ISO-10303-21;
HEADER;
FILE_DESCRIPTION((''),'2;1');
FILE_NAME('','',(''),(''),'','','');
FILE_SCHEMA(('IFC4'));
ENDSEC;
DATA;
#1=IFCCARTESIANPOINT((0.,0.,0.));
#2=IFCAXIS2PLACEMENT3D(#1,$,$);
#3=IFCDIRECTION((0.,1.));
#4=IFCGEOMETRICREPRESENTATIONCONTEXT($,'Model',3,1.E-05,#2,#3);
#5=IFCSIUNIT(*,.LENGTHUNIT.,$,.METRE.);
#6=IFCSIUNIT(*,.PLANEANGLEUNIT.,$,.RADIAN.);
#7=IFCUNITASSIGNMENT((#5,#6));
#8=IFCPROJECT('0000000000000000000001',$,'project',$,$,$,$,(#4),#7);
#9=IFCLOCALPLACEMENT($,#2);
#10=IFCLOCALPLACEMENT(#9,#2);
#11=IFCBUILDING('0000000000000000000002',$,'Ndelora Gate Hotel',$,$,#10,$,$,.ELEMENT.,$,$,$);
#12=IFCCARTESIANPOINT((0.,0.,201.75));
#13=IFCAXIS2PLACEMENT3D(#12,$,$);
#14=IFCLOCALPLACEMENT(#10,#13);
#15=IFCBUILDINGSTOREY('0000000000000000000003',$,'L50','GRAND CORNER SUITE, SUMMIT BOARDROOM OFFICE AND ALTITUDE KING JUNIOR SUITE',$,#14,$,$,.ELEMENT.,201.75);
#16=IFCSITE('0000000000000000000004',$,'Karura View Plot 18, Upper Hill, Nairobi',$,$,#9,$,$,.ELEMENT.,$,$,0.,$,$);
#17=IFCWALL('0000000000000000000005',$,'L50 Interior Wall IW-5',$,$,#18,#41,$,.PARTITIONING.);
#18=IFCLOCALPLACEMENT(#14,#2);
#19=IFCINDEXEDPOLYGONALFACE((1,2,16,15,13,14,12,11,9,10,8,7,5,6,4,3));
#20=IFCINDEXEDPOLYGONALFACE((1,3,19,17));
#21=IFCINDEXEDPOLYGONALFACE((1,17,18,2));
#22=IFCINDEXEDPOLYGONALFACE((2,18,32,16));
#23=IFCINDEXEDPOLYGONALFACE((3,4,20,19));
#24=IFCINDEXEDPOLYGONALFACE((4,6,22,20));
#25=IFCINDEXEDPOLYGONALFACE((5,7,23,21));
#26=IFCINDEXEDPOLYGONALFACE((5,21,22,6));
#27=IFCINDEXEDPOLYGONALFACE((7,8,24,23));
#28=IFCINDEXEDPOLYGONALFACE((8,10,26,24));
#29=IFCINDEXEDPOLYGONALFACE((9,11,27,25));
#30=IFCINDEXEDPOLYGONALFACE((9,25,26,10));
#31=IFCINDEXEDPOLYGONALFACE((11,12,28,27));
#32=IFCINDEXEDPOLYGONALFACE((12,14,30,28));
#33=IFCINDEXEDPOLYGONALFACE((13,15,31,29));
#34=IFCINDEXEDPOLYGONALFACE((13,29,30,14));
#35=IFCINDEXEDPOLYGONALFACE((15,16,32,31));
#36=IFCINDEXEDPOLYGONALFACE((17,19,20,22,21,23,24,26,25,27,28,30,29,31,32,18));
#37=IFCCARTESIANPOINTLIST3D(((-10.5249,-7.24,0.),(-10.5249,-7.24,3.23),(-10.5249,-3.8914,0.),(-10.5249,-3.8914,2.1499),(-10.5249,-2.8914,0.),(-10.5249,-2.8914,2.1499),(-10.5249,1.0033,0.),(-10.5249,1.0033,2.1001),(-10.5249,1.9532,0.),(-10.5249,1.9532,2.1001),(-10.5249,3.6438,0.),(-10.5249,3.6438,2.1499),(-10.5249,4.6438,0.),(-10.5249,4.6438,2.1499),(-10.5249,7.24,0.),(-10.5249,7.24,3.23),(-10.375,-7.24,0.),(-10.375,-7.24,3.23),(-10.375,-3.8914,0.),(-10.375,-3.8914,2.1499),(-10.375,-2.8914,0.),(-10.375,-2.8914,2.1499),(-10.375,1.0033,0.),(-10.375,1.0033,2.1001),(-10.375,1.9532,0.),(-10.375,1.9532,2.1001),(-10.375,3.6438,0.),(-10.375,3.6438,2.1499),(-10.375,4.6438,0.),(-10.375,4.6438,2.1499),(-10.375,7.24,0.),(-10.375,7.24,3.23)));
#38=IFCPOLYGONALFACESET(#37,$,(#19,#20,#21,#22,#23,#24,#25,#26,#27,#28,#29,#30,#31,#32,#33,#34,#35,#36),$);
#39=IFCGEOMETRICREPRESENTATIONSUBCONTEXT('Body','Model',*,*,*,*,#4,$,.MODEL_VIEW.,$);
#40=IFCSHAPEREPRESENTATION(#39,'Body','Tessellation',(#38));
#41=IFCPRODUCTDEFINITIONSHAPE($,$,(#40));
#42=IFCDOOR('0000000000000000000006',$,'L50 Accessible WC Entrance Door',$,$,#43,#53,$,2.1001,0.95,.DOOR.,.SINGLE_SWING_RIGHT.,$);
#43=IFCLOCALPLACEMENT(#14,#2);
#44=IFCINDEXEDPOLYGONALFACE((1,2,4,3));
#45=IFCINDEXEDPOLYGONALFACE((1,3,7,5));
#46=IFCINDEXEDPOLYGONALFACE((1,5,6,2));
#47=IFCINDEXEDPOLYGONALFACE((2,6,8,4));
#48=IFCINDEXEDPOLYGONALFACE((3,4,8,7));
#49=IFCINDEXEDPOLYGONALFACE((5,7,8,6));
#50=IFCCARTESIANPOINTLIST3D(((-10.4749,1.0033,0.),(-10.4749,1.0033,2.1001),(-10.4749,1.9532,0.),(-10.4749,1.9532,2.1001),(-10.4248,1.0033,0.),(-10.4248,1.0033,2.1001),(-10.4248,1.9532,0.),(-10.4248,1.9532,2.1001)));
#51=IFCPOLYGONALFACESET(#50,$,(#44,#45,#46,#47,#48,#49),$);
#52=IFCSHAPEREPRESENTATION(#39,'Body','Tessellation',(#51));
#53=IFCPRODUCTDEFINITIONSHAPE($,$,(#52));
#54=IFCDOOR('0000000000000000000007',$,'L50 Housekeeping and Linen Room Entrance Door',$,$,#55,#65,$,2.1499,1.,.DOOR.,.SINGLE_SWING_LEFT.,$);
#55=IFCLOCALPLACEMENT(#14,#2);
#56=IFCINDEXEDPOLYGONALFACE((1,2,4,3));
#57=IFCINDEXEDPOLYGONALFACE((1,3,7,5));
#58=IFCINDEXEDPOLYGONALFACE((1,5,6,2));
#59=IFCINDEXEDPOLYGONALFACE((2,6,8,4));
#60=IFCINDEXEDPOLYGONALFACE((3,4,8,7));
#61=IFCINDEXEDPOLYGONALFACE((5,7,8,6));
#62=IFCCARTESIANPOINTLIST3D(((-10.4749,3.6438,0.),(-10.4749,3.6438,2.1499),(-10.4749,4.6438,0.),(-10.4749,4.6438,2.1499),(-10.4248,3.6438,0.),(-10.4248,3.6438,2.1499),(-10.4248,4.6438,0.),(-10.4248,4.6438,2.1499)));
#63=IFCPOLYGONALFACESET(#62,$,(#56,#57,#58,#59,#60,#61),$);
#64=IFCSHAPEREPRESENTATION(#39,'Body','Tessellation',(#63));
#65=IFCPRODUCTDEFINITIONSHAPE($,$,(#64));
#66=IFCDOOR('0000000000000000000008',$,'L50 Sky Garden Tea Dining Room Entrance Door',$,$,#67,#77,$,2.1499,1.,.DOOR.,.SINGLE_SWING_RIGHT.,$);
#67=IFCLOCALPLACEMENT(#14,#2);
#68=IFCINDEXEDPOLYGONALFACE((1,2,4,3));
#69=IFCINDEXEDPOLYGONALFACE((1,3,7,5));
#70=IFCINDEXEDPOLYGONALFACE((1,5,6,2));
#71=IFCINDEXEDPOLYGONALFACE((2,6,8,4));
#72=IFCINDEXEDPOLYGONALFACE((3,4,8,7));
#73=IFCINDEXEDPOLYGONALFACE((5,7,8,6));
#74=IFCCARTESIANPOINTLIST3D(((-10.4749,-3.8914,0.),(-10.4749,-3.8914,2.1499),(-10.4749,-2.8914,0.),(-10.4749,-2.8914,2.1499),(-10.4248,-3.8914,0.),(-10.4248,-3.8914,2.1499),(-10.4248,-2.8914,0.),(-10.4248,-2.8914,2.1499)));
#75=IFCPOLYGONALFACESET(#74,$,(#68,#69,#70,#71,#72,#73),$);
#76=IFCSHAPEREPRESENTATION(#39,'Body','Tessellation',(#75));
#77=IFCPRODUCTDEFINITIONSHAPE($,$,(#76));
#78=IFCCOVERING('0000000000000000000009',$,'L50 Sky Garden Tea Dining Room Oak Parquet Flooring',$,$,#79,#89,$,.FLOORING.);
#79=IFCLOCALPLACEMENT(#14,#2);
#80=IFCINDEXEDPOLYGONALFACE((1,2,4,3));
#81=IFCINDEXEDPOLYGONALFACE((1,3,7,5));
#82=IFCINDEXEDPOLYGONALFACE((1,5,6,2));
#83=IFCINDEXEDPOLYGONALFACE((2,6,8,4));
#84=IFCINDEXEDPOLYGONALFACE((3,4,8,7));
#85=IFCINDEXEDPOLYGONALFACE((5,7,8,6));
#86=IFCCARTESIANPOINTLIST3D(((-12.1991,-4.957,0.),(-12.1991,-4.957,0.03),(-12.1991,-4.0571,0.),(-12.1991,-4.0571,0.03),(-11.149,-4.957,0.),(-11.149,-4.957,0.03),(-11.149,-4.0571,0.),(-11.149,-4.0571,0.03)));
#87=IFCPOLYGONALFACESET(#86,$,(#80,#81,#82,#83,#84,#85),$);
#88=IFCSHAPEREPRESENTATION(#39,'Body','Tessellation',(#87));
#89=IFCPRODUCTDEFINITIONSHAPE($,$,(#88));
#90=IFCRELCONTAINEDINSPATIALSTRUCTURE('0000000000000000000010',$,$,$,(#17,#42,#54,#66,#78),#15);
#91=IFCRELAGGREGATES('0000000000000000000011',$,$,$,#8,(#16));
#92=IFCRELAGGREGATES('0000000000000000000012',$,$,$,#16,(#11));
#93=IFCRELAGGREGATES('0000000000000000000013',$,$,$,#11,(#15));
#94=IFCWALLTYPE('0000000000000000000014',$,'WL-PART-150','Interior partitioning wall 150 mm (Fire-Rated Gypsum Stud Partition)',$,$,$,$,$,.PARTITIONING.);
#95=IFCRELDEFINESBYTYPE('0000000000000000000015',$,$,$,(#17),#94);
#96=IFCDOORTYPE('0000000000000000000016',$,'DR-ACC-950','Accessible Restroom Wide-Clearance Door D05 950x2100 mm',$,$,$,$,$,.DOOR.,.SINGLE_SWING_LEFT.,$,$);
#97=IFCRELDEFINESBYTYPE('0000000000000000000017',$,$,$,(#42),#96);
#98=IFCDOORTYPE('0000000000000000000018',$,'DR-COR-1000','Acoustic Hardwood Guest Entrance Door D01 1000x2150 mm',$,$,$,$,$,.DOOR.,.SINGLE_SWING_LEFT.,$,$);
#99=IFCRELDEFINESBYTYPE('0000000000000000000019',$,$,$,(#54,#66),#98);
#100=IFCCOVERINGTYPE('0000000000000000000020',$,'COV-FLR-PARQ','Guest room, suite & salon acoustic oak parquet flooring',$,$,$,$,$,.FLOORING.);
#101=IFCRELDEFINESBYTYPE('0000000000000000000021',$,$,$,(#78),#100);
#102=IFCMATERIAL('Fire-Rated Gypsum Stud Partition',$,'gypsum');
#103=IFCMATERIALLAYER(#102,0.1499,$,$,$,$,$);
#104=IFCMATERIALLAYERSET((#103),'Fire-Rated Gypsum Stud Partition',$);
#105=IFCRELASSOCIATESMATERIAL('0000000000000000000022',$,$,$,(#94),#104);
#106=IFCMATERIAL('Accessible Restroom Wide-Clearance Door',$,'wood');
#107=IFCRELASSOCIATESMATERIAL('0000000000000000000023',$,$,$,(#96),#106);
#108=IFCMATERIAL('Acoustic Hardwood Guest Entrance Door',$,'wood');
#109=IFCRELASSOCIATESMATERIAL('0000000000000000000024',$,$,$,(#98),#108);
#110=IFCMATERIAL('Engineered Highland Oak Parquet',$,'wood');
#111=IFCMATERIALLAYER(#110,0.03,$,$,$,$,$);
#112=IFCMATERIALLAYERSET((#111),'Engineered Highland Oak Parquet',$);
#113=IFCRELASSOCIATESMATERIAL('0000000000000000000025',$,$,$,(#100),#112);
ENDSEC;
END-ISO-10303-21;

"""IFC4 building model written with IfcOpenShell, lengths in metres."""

from ifc_helpers import new_model, si_unit, direction, frame, frame_2d, origin, origin_2d, place, context, subcontext, project, spatial, rectangle, extrude, material, layer, layer_set, type_object, element, fill, save


model = new_model("IFC4")

# Units and contexts
model_context = context("Model", 3, precision=1e-05, world=origin(), true_north=direction((0.0, 1.0)))
body_context = subcontext(model_context, "Body", "Model", "MODEL_VIEW")
ifc_project = project(units=[si_unit("LENGTHUNIT", "METRE"), si_unit("PLANEANGLEUNIT", "RADIAN")], contexts=[model_context])

# Site, building, storey
site_placement = place(None, origin())
site = spatial("IfcSite", under=ifc_project, at=site_placement, Name="Karura View Plot 18, Upper Hill, Nairobi", CompositionType="ELEMENT", RefElevation=0.0)
building_placement = place(site_placement, origin())
building = spatial("IfcBuilding", under=site, at=building_placement, Name="Ndelora Gate Hotel", CompositionType="ELEMENT")
storey_placement = place(building_placement, frame((0.0, 0.0, 201.75)))
storey = spatial("IfcBuildingStorey", under=building, at=storey_placement, Name="L50", Description="GRAND CORNER SUITE, SUMMIT BOARDROOM OFFICE AND ALTITUDE KING JUNIOR SUITE", CompositionType="ELEMENT", Elevation=201.75)

# Wall, openings, doors
ifc_material_1 = material(Name="Fire-Rated Gypsum Stud Partition", Category="gypsum")
ifc_layer_1 = layer(ifc_material_1, 0.1499)
ifc_layer_set_1 = layer_set([ifc_layer_1], Name="Fire-Rated Gypsum Stud Partition")
wall_type_1 = type_object("IfcWallType", Name="WL-PART-150", Description="Interior partitioning wall 150 mm (Fire-Rated Gypsum Stud Partition)", PredefinedType="PARTITIONING", material=ifc_layer_set_1)
wall_1_placement = place(storey_placement, frame((-10.45, -7.24, 0.0), z_axis=(0.0, 0.0, 1.0), x_axis=(0.0, 1.0, 0.0)))
wall_1 = element("IfcWall", 1, at=wall_1_placement, inside=storey, type_object=wall_type_1, Name="L50 Interior Wall IW-5", PredefinedType="PARTITIONING", context=body_context, shape_type="SweptSolid", body=[
    extrude(rectangle(XDim=14.48, YDim=0.1499, at=frame_2d((7.24, 0.0))), origin(), (0.0, 0.0, 1.0), 3.23),
])
opening_1_placement = place(wall_1_placement, frame((8.2432, 0.0, 0.0)))
opening_1 = element("IfcOpeningElement", 2, at=opening_1_placement, cuts=wall_1, PredefinedType="OPENING", context=body_context, shape_type="SweptSolid", body=[
    extrude(rectangle(XDim=0.95, YDim=2.1001, at=frame_2d((0.4751, 1.05))), frame((0.0, 0.085, 0.0), z_axis=(0.0, -1.0, 0.0), x_axis=(1.0, 0.0, 0.0)), (0.0, 0.0, 1.0), 0.1699),
])
opening_2_placement = place(wall_1_placement, frame((10.8838, 0.0, 0.0)))
opening_2 = element("IfcOpeningElement", 3, at=opening_2_placement, cuts=wall_1, PredefinedType="OPENING", context=body_context, shape_type="SweptSolid", body=[
    extrude(rectangle(XDim=1.0, YDim=2.1499, at=frame_2d((0.5, 1.075))), frame((0.0, 0.085, 0.0), z_axis=(0.0, -1.0, 0.0), x_axis=(1.0, 0.0, 0.0)), (0.0, 0.0, 1.0), 0.1699),
])
opening_3_placement = place(wall_1_placement, frame((3.3486, 0.0, 0.0)))
opening_3 = element("IfcOpeningElement", 4, at=opening_3_placement, cuts=wall_1, PredefinedType="OPENING", context=body_context, shape_type="SweptSolid", body=[
    extrude(rectangle(XDim=1.0, YDim=2.1499, at=frame_2d((0.5, 1.075))), frame((0.0, 0.085, 0.0), z_axis=(0.0, -1.0, 0.0), x_axis=(1.0, 0.0, 0.0)), (0.0, 0.0, 1.0), 0.1699),
])
ifc_material_2 = material(Name="Accessible Restroom Wide-Clearance Door", Category="wood")
door_type_1 = type_object("IfcDoorType", Name="DR-ACC-950", Description="Accessible Restroom Wide-Clearance Door D05 950x2100 mm", OperationType="SINGLE_SWING_LEFT", PredefinedType="DOOR", material=ifc_material_2)
door_1_placement = place(opening_1_placement, origin())
door_1 = element("IfcDoor", 5, at=door_1_placement, inside=storey, type_object=door_type_1, Name="L50 Accessible WC Entrance Door", OperationType="SINGLE_SWING_RIGHT", OverallHeight=2.1001, OverallWidth=0.95, PredefinedType="DOOR", context=body_context, shape_type="SweptSolid", body=[
    extrude(rectangle(XDim=0.95, YDim=2.1001, at=frame_2d((0.4751, 1.05))), frame((0.0, 0.0249, 0.0), z_axis=(0.0, -1.0, 0.0), x_axis=(1.0, 0.0, 0.0)), (0.0, 0.0, 1.0), 0.05),
])
fill(opening_1, door_1)
ifc_material_3 = material(Name="Acoustic Hardwood Guest Entrance Door", Category="wood")
door_type_2 = type_object("IfcDoorType", Name="DR-COR-1000", Description="Acoustic Hardwood Guest Entrance Door D01 1000x2150 mm", OperationType="SINGLE_SWING_LEFT", PredefinedType="DOOR", material=ifc_material_3)
door_2_placement = place(opening_2_placement, origin())
door_2 = element("IfcDoor", 6, at=door_2_placement, inside=storey, type_object=door_type_2, Name="L50 Housekeeping and Linen Room Entrance Door", OperationType="SINGLE_SWING_LEFT", OverallHeight=2.1499, OverallWidth=1.0, PredefinedType="DOOR", context=body_context, shape_type="SweptSolid", body=[
    extrude(rectangle(XDim=1.0, YDim=2.1499, at=frame_2d((0.5, 1.075))), frame((0.0, 0.0249, 0.0), z_axis=(0.0, -1.0, 0.0), x_axis=(1.0, 0.0, 0.0)), (0.0, 0.0, 1.0), 0.05),
])
fill(opening_2, door_2)
door_3_placement = place(opening_3_placement, origin())
door_3 = element("IfcDoor", 7, at=door_3_placement, inside=storey, type_object=door_type_2, Name="L50 Sky Garden Tea Dining Room Entrance Door", OperationType="SINGLE_SWING_RIGHT", OverallHeight=2.1499, OverallWidth=1.0, PredefinedType="DOOR", context=body_context, shape_type="SweptSolid", body=[
    extrude(rectangle(XDim=1.0, YDim=2.1499, at=frame_2d((0.5, 1.075))), frame((0.0, 0.0249, 0.0), z_axis=(0.0, -1.0, 0.0), x_axis=(1.0, 0.0, 0.0)), (0.0, 0.0, 1.0), 0.05),
])
fill(opening_3, door_3)

# Covering
ifc_material_4 = material(Name="Engineered Highland Oak Parquet", Category="wood")
ifc_layer_2 = layer(ifc_material_4, 0.03)
ifc_layer_set_2 = layer_set([ifc_layer_2], Name="Engineered Highland Oak Parquet")
covering_type = type_object("IfcCoveringType", Name="COV-FLR-PARQ", Description="Guest room, suite & salon acoustic oak parquet flooring", PredefinedType="FLOORING", material=ifc_layer_set_2)
covering_placement = place(storey_placement, frame((-11.6741, -4.5071, 0.0), z_axis=(0.0, 0.0, 1.0), x_axis=(1.0, 0.0, 0.0)))
element("IfcCovering", 8, at=covering_placement, inside=storey, type_object=covering_type, Name="L50 Sky Garden Tea Dining Room Oak Parquet Flooring", PredefinedType="FLOORING", context=body_context, shape_type="SweptSolid", body=[
    extrude(rectangle(XDim=1.05, YDim=0.8999, at=origin_2d()), origin(), (0.0, 0.0, 1.0), 0.03),
])

save(model, "model.ifc")
